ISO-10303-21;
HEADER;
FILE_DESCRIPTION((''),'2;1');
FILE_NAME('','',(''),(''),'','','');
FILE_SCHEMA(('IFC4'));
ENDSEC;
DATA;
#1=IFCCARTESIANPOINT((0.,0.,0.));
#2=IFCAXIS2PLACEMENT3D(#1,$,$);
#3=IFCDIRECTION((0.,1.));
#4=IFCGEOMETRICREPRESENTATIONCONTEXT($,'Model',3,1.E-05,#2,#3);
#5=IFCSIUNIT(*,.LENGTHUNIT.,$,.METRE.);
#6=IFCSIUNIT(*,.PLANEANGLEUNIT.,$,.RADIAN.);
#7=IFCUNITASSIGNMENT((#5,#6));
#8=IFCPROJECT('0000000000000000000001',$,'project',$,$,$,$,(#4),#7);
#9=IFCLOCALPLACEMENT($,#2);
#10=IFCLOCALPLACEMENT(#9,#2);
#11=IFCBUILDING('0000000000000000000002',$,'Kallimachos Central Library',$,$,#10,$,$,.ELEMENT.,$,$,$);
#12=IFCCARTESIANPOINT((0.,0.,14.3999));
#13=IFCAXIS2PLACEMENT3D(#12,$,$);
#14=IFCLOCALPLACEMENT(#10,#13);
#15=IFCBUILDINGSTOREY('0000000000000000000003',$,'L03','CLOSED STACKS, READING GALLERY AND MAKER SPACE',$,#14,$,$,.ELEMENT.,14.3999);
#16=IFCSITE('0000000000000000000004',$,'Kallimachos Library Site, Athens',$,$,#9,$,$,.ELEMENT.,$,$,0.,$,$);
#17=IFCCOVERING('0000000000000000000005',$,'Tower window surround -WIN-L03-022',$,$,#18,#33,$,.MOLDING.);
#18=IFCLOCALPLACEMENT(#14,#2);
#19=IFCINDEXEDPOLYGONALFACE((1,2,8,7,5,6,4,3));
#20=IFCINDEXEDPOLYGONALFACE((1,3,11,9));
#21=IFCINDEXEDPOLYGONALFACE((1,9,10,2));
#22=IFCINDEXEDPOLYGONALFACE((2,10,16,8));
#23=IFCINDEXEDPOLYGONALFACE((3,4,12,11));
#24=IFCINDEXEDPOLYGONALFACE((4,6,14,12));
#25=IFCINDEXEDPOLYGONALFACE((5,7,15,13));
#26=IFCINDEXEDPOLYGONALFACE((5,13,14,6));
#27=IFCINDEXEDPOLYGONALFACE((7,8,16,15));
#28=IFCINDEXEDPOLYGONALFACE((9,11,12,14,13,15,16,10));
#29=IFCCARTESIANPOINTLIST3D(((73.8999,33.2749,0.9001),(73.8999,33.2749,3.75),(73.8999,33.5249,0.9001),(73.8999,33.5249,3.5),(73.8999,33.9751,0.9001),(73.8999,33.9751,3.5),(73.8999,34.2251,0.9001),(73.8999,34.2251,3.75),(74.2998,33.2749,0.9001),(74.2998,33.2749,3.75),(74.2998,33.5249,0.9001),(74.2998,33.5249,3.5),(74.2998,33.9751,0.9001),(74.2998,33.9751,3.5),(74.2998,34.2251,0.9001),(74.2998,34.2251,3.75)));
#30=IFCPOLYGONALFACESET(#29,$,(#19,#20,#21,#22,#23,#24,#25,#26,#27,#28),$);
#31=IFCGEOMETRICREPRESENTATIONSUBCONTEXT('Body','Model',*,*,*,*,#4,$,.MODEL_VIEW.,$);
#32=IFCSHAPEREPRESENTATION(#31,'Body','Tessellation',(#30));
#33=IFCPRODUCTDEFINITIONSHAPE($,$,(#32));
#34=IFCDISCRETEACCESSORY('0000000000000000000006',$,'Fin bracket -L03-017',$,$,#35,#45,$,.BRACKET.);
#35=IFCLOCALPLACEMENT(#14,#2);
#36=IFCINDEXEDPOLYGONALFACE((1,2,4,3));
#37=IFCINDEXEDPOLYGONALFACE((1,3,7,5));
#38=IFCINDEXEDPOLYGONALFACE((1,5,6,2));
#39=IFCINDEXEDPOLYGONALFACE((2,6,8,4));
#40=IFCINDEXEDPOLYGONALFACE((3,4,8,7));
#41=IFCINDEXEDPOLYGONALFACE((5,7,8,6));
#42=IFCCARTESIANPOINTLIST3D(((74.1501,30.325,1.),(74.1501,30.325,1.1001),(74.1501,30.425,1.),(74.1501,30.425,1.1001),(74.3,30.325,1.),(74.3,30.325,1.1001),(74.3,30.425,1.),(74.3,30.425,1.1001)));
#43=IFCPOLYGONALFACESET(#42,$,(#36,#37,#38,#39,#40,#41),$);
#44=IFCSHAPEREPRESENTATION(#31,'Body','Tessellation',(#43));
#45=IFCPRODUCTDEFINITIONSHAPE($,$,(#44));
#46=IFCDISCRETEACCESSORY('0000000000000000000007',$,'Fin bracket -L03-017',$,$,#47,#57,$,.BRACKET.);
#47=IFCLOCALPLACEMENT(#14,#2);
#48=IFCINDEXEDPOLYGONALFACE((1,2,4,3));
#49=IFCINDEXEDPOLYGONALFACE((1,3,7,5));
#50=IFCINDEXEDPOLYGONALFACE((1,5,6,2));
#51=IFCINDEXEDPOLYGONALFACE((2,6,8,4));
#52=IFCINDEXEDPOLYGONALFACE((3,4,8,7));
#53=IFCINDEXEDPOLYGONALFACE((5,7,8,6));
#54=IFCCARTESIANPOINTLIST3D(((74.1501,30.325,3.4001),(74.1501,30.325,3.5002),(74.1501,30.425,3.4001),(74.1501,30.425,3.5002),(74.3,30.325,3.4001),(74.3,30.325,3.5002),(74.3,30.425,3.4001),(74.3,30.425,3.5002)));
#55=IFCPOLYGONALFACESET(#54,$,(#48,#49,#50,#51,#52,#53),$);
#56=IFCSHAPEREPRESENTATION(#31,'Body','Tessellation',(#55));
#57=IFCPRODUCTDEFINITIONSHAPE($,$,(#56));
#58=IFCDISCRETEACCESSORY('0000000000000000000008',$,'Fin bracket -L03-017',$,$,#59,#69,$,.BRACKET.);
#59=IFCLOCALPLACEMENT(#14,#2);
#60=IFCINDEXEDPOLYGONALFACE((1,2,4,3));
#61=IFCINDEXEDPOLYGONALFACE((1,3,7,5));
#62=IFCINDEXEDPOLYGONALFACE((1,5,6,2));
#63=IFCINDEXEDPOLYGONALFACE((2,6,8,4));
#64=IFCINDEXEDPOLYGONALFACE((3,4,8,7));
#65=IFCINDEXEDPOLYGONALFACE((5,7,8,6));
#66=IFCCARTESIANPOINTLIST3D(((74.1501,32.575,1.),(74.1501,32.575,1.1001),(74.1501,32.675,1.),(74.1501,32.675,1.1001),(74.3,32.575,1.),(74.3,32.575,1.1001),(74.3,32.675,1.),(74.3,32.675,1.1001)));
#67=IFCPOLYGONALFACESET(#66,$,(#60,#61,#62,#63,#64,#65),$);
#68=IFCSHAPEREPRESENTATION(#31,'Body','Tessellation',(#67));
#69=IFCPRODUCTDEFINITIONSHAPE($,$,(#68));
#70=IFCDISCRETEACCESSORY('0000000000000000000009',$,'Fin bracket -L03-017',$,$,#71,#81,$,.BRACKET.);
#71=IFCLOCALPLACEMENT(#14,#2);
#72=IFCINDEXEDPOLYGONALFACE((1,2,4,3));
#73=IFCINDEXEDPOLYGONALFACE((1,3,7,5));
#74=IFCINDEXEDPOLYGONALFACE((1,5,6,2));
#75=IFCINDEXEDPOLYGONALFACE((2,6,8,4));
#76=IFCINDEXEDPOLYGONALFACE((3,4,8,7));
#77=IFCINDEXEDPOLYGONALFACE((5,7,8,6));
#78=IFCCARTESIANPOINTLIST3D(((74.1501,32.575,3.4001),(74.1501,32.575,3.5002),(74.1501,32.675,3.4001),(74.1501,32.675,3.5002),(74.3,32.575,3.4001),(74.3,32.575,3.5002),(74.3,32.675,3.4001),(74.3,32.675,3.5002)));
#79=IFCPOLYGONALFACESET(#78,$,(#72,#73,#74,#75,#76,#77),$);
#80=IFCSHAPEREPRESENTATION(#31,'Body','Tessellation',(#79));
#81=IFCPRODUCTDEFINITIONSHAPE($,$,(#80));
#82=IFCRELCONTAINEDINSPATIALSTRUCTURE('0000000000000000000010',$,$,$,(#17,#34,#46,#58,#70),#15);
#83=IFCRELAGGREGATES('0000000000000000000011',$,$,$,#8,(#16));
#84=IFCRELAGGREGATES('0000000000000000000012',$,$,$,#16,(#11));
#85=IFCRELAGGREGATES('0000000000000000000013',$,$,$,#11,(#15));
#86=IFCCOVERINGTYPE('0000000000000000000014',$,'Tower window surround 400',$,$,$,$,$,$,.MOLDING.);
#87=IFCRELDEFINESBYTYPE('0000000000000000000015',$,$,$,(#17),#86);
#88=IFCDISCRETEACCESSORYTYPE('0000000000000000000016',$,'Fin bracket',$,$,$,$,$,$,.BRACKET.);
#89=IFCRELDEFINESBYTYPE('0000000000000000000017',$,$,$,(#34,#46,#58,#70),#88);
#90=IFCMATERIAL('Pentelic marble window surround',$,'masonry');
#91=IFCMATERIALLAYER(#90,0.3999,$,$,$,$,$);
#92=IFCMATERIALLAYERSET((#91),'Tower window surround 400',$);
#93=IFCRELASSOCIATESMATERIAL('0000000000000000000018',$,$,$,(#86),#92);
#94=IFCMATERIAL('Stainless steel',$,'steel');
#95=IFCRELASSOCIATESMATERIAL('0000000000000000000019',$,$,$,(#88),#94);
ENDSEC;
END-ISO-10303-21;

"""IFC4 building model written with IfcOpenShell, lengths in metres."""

from ifc_helpers import new_model, si_unit, direction, frame, origin, origin_2d, place, context, subcontext, project, spatial, polyline, rectangle, outline, extrude, material, layer, layer_set, type_object, element, save


model = new_model("IFC4")

# Units and contexts
model_context = context("Model", 3, precision=1e-05, world=origin(), true_north=direction((0.0, 1.0)))
body_context = subcontext(model_context, "Body", "Model", "MODEL_VIEW")
ifc_project = project(units=[si_unit("LENGTHUNIT", "METRE"), si_unit("PLANEANGLEUNIT", "RADIAN")], contexts=[model_context])

# Site, building, storey
site_placement = place(None, origin())
site = spatial("IfcSite", under=ifc_project, at=site_placement, Name="Kallimachos Library Site, Athens", CompositionType="ELEMENT", RefElevation=0.0)
building_placement = place(site_placement, origin())
building = spatial("IfcBuilding", under=site, at=building_placement, Name="Kallimachos Central Library", CompositionType="ELEMENT")
storey_placement = place(building_placement, frame((0.0, 0.0, 14.3999)))
storey = spatial("IfcBuildingStorey", under=building, at=storey_placement, Name="L03", Description="CLOSED STACKS, READING GALLERY AND MAKER SPACE", CompositionType="ELEMENT", Elevation=14.3999)

# Covering
ifc_material_1 = material(Name="Pentelic marble window surround", Category="masonry")
ifc_layer_1 = layer(ifc_material_1, 0.3999)
ifc_layer_set_1 = layer_set([ifc_layer_1], Name="Tower window surround 400")
covering_type_1 = type_object("IfcCoveringType", Name="Tower window surround 400", PredefinedType="MOLDING", material=ifc_layer_set_1)
for number, where, z_axis, x_axis, name in (
    (1, (73.8999, 33.2749, 0.9001), (-1.0, 0.0, 0.0), (0.0, 0.0, 1.0), "Tower window surround -WIN-L03-022"),
):
    element("IfcCovering", number, at=place(storey_placement, frame(where, z_axis=z_axis, x_axis=x_axis)), inside=storey, type_object=covering_type_1, Name=name, PredefinedType="MOLDING", context=body_context, shape_type="SweptSolid", body=[
        extrude(outline(polyline([(0.0, 0.0), (2.8499, 0.0), (2.8499, 0.9502), (0.0, 0.9502), (0.0, 0.7002), (2.5999, 0.7002), (2.5999, 0.25), (0.0, 0.25), (0.0, 0.0)])), origin(), (0.0, 0.0, -1.0), 0.3999),
    ])

# Discrete accessories
ifc_material_2 = material(Name="Stainless steel", Category="steel")
discrete_accessory_type = type_object("IfcDiscreteAccessoryType", Name="Fin bracket", PredefinedType="BRACKET", material=ifc_material_2)
for number, where, z_axis, x_axis, name in (
    (2, (74.2251, 30.375, 1.0), (0.0, 0.0, 1.0), (1.0, 0.0, 0.0), "Fin bracket -L03-017"),
    (3, (74.2251, 30.375, 3.4001), (0.0, 0.0, 1.0), (1.0, 0.0, 0.0), "Fin bracket -L03-017"),
    (4, (74.2251, 32.625, 1.0), (0.0, 0.0, 1.0), (1.0, 0.0, 0.0), "Fin bracket -L03-017"),
    (5, (74.2251, 32.625, 3.4001), (0.0, 0.0, 1.0), (1.0, 0.0, 0.0), "Fin bracket -L03-017"),
):
    element("IfcDiscreteAccessory", number, at=place(storey_placement, frame(where, z_axis=z_axis, x_axis=x_axis)), inside=storey, type_object=discrete_accessory_type, Name=name, PredefinedType="BRACKET", context=body_context, shape_type="SweptSolid", body=[
        extrude(rectangle(XDim=0.1499, YDim=0.1001, at=origin_2d()), origin(), (0.0, 0.0, 1.0), 0.1001),
    ])

save(model, "model.ifc")
